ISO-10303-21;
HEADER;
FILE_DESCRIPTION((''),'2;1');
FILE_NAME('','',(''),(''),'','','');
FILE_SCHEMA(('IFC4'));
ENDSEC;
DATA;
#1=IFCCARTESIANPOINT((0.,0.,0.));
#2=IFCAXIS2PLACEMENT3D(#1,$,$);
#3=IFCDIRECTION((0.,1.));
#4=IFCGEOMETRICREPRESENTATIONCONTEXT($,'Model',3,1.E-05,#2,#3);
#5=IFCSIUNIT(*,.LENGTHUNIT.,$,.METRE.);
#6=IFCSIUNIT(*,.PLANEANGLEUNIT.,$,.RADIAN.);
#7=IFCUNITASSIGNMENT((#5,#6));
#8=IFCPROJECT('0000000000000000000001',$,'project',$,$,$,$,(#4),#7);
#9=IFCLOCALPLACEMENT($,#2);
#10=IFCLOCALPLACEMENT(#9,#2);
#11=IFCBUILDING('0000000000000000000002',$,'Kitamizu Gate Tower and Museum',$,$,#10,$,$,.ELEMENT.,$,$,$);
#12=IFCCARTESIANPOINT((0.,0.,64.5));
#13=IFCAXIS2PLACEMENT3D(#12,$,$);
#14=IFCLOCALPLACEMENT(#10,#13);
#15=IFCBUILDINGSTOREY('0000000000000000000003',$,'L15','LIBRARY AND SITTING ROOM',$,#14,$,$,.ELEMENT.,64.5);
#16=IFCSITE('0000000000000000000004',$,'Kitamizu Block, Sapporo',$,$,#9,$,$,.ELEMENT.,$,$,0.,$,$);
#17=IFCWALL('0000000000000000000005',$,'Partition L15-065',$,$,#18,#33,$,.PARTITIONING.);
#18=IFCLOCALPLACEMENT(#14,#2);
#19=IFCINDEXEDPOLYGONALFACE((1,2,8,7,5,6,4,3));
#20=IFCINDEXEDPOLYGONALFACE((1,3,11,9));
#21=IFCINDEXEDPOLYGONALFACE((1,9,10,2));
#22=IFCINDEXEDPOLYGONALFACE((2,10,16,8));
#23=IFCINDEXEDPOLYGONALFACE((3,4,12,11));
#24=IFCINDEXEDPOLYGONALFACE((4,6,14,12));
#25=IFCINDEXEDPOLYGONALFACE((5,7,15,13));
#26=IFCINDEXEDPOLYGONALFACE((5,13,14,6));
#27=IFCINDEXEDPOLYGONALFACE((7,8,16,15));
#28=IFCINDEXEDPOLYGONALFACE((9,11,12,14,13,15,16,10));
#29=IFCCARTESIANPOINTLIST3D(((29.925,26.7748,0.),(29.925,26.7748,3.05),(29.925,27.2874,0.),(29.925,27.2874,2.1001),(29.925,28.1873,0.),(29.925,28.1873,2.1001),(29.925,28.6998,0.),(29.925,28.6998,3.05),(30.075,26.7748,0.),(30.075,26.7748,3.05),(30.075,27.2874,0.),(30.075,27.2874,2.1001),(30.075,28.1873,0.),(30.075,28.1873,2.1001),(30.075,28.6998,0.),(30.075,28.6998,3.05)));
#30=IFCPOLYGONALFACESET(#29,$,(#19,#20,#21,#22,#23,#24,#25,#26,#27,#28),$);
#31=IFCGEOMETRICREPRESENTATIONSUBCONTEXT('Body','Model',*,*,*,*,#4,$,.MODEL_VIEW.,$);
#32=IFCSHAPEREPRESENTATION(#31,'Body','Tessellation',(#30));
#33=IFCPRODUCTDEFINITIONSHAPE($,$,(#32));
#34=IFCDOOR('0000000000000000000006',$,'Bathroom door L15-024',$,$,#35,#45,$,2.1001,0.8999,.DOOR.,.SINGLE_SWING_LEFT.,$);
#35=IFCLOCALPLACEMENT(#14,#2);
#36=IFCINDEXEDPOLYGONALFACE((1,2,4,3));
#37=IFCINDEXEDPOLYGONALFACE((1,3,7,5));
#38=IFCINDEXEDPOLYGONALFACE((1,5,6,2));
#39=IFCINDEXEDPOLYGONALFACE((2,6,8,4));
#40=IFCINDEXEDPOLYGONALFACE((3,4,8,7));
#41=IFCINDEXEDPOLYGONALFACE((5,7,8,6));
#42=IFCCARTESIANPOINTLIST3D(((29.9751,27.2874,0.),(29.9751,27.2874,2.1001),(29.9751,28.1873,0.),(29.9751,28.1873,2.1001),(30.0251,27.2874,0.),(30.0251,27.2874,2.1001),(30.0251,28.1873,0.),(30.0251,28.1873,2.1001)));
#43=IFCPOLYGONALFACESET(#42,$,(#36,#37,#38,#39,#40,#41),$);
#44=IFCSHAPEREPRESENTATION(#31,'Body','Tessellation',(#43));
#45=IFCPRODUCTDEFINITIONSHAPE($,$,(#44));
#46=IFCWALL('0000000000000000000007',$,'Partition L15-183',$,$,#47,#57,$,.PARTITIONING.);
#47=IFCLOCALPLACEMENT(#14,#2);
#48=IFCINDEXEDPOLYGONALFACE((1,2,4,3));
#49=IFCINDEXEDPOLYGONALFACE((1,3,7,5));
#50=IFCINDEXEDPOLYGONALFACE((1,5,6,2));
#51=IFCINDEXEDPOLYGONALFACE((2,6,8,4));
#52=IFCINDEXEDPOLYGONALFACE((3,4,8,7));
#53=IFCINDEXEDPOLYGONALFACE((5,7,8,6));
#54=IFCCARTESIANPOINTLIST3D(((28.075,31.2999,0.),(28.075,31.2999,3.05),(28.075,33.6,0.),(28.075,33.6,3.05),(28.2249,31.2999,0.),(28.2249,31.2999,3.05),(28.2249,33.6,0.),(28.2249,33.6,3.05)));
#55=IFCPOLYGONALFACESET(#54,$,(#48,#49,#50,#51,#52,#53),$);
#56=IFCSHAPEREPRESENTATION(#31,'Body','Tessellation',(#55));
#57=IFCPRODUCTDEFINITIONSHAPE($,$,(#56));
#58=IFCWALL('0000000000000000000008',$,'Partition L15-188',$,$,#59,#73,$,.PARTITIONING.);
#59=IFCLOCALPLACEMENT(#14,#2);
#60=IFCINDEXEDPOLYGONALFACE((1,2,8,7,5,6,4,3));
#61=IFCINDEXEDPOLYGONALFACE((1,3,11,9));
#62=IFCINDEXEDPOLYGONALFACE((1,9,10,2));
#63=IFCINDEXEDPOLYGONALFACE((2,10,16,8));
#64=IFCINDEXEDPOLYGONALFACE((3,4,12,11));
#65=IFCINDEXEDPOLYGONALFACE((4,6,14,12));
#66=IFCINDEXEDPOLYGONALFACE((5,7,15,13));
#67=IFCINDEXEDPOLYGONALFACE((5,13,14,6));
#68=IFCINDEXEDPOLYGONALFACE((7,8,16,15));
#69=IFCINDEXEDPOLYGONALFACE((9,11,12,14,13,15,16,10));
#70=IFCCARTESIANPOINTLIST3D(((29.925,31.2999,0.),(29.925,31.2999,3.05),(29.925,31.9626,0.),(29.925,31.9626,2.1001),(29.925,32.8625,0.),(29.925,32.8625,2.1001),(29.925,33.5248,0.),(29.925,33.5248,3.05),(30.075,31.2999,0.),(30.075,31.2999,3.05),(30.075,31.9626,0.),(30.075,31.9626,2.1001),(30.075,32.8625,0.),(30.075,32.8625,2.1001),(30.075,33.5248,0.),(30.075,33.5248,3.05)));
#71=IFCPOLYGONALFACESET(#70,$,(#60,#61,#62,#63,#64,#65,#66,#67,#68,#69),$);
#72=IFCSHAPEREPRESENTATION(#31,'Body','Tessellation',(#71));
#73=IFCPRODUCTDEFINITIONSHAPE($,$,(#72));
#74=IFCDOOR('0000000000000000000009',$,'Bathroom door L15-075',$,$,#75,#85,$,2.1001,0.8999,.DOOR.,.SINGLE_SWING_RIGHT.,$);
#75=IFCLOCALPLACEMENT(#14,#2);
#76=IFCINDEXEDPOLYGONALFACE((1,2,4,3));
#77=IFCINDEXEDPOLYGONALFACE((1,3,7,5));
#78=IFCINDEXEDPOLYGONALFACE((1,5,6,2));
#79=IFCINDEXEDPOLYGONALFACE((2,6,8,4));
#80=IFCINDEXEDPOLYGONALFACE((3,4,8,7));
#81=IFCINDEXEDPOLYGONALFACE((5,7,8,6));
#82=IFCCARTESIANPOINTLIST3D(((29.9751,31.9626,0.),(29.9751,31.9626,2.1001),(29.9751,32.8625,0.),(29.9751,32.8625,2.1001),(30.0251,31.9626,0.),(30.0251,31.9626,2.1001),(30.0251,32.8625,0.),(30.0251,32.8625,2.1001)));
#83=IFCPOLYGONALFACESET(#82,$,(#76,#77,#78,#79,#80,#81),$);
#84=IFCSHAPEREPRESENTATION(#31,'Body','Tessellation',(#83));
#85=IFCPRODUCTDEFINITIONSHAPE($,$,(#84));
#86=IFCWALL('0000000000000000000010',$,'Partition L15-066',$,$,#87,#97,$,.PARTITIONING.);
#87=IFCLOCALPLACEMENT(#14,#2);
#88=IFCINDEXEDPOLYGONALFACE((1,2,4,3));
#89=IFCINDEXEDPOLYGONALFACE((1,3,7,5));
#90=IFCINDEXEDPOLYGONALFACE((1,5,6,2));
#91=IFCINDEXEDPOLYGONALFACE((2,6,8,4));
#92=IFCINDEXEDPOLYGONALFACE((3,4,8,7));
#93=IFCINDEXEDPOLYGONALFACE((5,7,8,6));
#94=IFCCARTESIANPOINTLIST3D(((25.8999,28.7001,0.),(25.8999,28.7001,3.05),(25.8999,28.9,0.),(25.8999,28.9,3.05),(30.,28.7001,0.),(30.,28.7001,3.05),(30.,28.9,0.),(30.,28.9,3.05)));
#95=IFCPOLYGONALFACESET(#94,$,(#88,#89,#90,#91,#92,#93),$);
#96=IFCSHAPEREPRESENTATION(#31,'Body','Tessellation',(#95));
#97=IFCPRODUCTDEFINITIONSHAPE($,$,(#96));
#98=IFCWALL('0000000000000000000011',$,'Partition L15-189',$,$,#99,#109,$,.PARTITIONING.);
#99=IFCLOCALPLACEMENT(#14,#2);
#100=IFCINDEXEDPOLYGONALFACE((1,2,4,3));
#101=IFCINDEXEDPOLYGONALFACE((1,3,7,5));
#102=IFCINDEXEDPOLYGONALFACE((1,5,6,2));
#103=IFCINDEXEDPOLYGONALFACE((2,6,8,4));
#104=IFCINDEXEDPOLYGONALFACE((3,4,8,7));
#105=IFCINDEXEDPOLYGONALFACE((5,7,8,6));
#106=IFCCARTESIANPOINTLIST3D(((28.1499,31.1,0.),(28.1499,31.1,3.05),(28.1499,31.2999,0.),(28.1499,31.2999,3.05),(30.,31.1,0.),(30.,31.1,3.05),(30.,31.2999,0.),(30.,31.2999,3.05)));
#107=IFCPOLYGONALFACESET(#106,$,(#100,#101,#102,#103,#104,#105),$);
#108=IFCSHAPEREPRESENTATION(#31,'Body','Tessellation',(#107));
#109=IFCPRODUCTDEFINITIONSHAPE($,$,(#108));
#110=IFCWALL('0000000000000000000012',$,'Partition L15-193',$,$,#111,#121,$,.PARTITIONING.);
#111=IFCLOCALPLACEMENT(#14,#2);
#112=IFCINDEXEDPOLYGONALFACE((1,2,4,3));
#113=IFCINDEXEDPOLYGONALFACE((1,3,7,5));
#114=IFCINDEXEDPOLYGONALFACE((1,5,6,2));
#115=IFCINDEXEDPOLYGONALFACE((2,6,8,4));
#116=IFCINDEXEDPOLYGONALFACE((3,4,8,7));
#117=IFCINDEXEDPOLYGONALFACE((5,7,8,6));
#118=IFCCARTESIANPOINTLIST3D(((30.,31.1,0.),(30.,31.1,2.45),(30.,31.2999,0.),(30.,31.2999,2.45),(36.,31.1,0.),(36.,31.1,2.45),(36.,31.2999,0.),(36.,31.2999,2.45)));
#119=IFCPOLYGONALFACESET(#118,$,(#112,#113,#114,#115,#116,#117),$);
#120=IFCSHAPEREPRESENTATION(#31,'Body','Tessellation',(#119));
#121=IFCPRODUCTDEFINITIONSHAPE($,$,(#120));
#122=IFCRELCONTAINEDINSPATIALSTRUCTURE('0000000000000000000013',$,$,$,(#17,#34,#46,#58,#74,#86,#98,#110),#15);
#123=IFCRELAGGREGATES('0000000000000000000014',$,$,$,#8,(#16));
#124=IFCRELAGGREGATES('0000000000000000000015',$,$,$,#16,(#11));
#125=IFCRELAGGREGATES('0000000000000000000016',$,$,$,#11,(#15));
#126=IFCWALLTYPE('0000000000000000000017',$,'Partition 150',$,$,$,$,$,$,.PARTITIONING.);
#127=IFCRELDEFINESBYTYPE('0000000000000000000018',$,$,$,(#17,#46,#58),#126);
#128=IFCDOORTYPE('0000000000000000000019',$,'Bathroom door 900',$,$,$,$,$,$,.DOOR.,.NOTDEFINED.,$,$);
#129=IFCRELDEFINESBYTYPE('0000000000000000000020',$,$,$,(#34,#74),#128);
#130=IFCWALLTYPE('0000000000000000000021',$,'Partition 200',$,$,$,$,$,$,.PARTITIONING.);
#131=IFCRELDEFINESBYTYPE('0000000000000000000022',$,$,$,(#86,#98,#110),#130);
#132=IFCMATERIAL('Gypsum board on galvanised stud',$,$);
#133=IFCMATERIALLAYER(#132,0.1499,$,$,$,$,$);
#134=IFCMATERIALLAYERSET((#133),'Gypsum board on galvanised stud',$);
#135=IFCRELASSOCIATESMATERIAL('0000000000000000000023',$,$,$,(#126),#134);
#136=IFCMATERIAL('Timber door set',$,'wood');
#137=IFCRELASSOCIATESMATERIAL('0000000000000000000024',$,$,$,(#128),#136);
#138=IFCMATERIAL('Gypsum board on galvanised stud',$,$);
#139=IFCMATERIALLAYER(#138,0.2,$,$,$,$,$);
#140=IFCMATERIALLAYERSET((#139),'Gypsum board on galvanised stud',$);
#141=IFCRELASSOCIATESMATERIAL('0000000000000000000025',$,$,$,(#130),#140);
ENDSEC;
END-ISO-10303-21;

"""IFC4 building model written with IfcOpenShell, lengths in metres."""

from ifc_helpers import new_model, si_unit, direction, frame, frame_2d, origin, place, context, subcontext, project, spatial, rectangle, extrude, material, layer, layer_set, type_object, element, fill, save


model = new_model("IFC4")

# Units and contexts
model_context = context("Model", 3, precision=1e-05, world=origin(), true_north=direction((0.0, 1.0)))
body_context = subcontext(model_context, "Body", "Model", "MODEL_VIEW")
ifc_project = project(units=[si_unit("LENGTHUNIT", "METRE"), si_unit("PLANEANGLEUNIT", "RADIAN")], contexts=[model_context])

# Site, building, storey
site_placement = place(None, origin())
site = spatial("IfcSite", under=ifc_project, at=site_placement, Name="Kitamizu Block, Sapporo", CompositionType="ELEMENT", RefElevation=0.0)
building_placement = place(site_placement, origin())
building = spatial("IfcBuilding", under=site, at=building_placement, Name="Kitamizu Gate Tower and Museum", CompositionType="ELEMENT")
storey_placement = place(building_placement, frame((0.0, 0.0, 64.5)))
storey = spatial("IfcBuildingStorey", under=building, at=storey_placement, Name="L15", Description="LIBRARY AND SITTING ROOM", CompositionType="ELEMENT", Elevation=64.5)

# Shared definitions
ifc_material_1 = material(Name="Gypsum board on galvanised stud")
ifc_layer_1 = layer(ifc_material_1, 0.1499)
ifc_layer_set_1 = layer_set([ifc_layer_1], Name="Gypsum board on galvanised stud")
wall_type_1 = type_object("IfcWallType", Name="Partition 150", PredefinedType="PARTITIONING", material=ifc_layer_set_1)
ifc_material_2 = material(Name="Timber door set", Category="wood")
door_type_1 = type_object("IfcDoorType", Name="Bathroom door 900", OperationType="NOTDEFINED", PredefinedType="DOOR", material=ifc_material_2)

# Wall, opening, door
wall_1_placement = place(storey_placement, frame((30.0, 26.7749, 0.0), z_axis=(0.0, 0.0, 1.0), x_axis=(0.0, 1.0, 0.0)))
wall_1 = element("IfcWall", 1, at=wall_1_placement, inside=storey, type_object=wall_type_1, Name="Partition L15-065", PredefinedType="PARTITIONING", context=body_context, shape_type="SweptSolid", body=[
    extrude(rectangle(XDim=1.925, YDim=0.1499, at=frame_2d((0.9624, 0.0))), origin(), (0.0, 0.0, 1.0), 3.05),
])
opening_1_placement = place(wall_1_placement, frame((0.5125, 0.0, 0.0)))
opening_1 = element("IfcOpeningElement", 2, at=opening_1_placement, cuts=wall_1, PredefinedType="OPENING", context=body_context, shape_type="SweptSolid", body=[
    extrude(rectangle(XDim=0.8999, YDim=2.1001, at=frame_2d((0.45, 1.05))), frame((0.0, 0.085, 0.0), z_axis=(0.0, -1.0, 0.0), x_axis=(1.0, 0.0, 0.0)), (0.0, 0.0, 1.0), 0.1699),
])
door_1_placement = place(opening_1_placement, origin())
door_1 = element("IfcDoor", 3, at=door_1_placement, inside=storey, type_object=door_type_1, Name="Bathroom door L15-024", OperationType="SINGLE_SWING_LEFT", OverallHeight=2.1001, OverallWidth=0.8999, PredefinedType="DOOR", context=body_context, shape_type="SweptSolid", body=[
    extrude(rectangle(XDim=0.8999, YDim=2.1001, at=frame_2d((0.45, 1.05))), frame((0.0, 0.0249, 0.0), z_axis=(0.0, -1.0, 0.0), x_axis=(1.0, 0.0, 0.0)), (0.0, 0.0, 1.0), 0.05),
])
fill(opening_1, door_1)

# Wall
wall_2_placement = place(storey_placement, frame((28.1499, 31.3, 0.0), z_axis=(0.0, 0.0, 1.0), x_axis=(0.0, 1.0, 0.0)))
element("IfcWall", 4, at=wall_2_placement, inside=storey, type_object=wall_type_1, Name="Partition L15-183", PredefinedType="PARTITIONING", context=body_context, shape_type="SweptSolid", body=[
    extrude(rectangle(XDim=2.3, YDim=0.1499, at=frame_2d((1.1499, 0.0))), origin(), (0.0, 0.0, 1.0), 3.05),
])

# Wall, opening, door
wall_3_placement = place(storey_placement, frame((30.0, 31.3, 0.0), z_axis=(0.0, 0.0, 1.0), x_axis=(0.0, 1.0, 0.0)))
wall_3 = element("IfcWall", 5, at=wall_3_placement, inside=storey, type_object=wall_type_1, Name="Partition L15-188", PredefinedType="PARTITIONING", context=body_context, shape_type="SweptSolid", body=[
    extrude(rectangle(XDim=2.2249, YDim=0.1499, at=frame_2d((1.1123, 0.0))), origin(), (0.0, 0.0, 1.0), 3.05),
])
opening_2_placement = place(wall_3_placement, frame((0.6626, 0.0, 0.0)))
opening_2 = element("IfcOpeningElement", 6, at=opening_2_placement, cuts=wall_3, PredefinedType="OPENING", context=body_context, shape_type="SweptSolid", body=[
    extrude(rectangle(XDim=0.8999, YDim=2.1001, at=frame_2d((0.45, 1.05))), frame((0.0, 0.085, 0.0), z_axis=(0.0, -1.0, 0.0), x_axis=(1.0, 0.0, 0.0)), (0.0, 0.0, 1.0), 0.1699),
])
door_2_placement = place(opening_2_placement, origin())
door_2 = element("IfcDoor", 7, at=door_2_placement, inside=storey, type_object=door_type_1, Name="Bathroom door L15-075", OperationType="SINGLE_SWING_RIGHT", OverallHeight=2.1001, OverallWidth=0.8999, PredefinedType="DOOR", context=body_context, shape_type="SweptSolid", body=[
    extrude(rectangle(XDim=0.8999, YDim=2.1001, at=frame_2d((0.45, 1.05))), frame((0.0, 0.0249, 0.0), z_axis=(0.0, -1.0, 0.0), x_axis=(1.0, 0.0, 0.0)), (0.0, 0.0, 1.0), 0.05),
])
fill(opening_2, door_2)

# Walls
ifc_material_3 = material(Name="Gypsum board on galvanised stud")
ifc_layer_2 = layer(ifc_material_3, 0.2)
ifc_layer_set_2 = layer_set([ifc_layer_2], Name="Gypsum board on galvanised stud")
wall_type_2 = type_object("IfcWallType", Name="Partition 200", PredefinedType="PARTITIONING", material=ifc_layer_set_2)
wall_4_placement = place(storey_placement, frame((30.0, 28.8, 0.0), z_axis=(0.0, 0.0, 1.0), x_axis=(-1.0, 0.0, 0.0)))
element("IfcWall", 8, at=wall_4_placement, inside=storey, type_object=wall_type_2, Name="Partition L15-066", PredefinedType="PARTITIONING", context=body_context, shape_type="SweptSolid", body=[
    extrude(rectangle(XDim=4.1001, YDim=0.2, at=frame_2d((2.05, 0.0))), origin(), (0.0, 0.0, 1.0), 3.05),
])
wall_5_placement = place(storey_placement, frame((28.1499, 31.2, 0.0), z_axis=(0.0, 0.0, 1.0), x_axis=(1.0, 0.0, 0.0)))
element("IfcWall", 9, at=wall_5_placement, inside=storey, type_object=wall_type_2, Name="Partition L15-189", PredefinedType="PARTITIONING", context=body_context, shape_type="SweptSolid", body=[
    extrude(rectangle(XDim=1.8501, YDim=0.2, at=frame_2d((0.925, 0.0))), origin(), (0.0, 0.0, 1.0), 3.05),
])
wall_6_placement = place(storey_placement, frame((30.0, 31.2, 0.0), z_axis=(0.0, 0.0, 1.0), x_axis=(1.0, 0.0, 0.0)))
element("IfcWall", 10, at=wall_6_placement, inside=storey, type_object=wall_type_2, Name="Partition L15-193", PredefinedType="PARTITIONING", context=body_context, shape_type="SweptSolid", body=[
    extrude(rectangle(XDim=6.0, YDim=0.2, at=frame_2d((3.0, 0.0))), origin(), (0.0, 0.0, 1.0), 2.45),
])

save(model, "model.ifc")
